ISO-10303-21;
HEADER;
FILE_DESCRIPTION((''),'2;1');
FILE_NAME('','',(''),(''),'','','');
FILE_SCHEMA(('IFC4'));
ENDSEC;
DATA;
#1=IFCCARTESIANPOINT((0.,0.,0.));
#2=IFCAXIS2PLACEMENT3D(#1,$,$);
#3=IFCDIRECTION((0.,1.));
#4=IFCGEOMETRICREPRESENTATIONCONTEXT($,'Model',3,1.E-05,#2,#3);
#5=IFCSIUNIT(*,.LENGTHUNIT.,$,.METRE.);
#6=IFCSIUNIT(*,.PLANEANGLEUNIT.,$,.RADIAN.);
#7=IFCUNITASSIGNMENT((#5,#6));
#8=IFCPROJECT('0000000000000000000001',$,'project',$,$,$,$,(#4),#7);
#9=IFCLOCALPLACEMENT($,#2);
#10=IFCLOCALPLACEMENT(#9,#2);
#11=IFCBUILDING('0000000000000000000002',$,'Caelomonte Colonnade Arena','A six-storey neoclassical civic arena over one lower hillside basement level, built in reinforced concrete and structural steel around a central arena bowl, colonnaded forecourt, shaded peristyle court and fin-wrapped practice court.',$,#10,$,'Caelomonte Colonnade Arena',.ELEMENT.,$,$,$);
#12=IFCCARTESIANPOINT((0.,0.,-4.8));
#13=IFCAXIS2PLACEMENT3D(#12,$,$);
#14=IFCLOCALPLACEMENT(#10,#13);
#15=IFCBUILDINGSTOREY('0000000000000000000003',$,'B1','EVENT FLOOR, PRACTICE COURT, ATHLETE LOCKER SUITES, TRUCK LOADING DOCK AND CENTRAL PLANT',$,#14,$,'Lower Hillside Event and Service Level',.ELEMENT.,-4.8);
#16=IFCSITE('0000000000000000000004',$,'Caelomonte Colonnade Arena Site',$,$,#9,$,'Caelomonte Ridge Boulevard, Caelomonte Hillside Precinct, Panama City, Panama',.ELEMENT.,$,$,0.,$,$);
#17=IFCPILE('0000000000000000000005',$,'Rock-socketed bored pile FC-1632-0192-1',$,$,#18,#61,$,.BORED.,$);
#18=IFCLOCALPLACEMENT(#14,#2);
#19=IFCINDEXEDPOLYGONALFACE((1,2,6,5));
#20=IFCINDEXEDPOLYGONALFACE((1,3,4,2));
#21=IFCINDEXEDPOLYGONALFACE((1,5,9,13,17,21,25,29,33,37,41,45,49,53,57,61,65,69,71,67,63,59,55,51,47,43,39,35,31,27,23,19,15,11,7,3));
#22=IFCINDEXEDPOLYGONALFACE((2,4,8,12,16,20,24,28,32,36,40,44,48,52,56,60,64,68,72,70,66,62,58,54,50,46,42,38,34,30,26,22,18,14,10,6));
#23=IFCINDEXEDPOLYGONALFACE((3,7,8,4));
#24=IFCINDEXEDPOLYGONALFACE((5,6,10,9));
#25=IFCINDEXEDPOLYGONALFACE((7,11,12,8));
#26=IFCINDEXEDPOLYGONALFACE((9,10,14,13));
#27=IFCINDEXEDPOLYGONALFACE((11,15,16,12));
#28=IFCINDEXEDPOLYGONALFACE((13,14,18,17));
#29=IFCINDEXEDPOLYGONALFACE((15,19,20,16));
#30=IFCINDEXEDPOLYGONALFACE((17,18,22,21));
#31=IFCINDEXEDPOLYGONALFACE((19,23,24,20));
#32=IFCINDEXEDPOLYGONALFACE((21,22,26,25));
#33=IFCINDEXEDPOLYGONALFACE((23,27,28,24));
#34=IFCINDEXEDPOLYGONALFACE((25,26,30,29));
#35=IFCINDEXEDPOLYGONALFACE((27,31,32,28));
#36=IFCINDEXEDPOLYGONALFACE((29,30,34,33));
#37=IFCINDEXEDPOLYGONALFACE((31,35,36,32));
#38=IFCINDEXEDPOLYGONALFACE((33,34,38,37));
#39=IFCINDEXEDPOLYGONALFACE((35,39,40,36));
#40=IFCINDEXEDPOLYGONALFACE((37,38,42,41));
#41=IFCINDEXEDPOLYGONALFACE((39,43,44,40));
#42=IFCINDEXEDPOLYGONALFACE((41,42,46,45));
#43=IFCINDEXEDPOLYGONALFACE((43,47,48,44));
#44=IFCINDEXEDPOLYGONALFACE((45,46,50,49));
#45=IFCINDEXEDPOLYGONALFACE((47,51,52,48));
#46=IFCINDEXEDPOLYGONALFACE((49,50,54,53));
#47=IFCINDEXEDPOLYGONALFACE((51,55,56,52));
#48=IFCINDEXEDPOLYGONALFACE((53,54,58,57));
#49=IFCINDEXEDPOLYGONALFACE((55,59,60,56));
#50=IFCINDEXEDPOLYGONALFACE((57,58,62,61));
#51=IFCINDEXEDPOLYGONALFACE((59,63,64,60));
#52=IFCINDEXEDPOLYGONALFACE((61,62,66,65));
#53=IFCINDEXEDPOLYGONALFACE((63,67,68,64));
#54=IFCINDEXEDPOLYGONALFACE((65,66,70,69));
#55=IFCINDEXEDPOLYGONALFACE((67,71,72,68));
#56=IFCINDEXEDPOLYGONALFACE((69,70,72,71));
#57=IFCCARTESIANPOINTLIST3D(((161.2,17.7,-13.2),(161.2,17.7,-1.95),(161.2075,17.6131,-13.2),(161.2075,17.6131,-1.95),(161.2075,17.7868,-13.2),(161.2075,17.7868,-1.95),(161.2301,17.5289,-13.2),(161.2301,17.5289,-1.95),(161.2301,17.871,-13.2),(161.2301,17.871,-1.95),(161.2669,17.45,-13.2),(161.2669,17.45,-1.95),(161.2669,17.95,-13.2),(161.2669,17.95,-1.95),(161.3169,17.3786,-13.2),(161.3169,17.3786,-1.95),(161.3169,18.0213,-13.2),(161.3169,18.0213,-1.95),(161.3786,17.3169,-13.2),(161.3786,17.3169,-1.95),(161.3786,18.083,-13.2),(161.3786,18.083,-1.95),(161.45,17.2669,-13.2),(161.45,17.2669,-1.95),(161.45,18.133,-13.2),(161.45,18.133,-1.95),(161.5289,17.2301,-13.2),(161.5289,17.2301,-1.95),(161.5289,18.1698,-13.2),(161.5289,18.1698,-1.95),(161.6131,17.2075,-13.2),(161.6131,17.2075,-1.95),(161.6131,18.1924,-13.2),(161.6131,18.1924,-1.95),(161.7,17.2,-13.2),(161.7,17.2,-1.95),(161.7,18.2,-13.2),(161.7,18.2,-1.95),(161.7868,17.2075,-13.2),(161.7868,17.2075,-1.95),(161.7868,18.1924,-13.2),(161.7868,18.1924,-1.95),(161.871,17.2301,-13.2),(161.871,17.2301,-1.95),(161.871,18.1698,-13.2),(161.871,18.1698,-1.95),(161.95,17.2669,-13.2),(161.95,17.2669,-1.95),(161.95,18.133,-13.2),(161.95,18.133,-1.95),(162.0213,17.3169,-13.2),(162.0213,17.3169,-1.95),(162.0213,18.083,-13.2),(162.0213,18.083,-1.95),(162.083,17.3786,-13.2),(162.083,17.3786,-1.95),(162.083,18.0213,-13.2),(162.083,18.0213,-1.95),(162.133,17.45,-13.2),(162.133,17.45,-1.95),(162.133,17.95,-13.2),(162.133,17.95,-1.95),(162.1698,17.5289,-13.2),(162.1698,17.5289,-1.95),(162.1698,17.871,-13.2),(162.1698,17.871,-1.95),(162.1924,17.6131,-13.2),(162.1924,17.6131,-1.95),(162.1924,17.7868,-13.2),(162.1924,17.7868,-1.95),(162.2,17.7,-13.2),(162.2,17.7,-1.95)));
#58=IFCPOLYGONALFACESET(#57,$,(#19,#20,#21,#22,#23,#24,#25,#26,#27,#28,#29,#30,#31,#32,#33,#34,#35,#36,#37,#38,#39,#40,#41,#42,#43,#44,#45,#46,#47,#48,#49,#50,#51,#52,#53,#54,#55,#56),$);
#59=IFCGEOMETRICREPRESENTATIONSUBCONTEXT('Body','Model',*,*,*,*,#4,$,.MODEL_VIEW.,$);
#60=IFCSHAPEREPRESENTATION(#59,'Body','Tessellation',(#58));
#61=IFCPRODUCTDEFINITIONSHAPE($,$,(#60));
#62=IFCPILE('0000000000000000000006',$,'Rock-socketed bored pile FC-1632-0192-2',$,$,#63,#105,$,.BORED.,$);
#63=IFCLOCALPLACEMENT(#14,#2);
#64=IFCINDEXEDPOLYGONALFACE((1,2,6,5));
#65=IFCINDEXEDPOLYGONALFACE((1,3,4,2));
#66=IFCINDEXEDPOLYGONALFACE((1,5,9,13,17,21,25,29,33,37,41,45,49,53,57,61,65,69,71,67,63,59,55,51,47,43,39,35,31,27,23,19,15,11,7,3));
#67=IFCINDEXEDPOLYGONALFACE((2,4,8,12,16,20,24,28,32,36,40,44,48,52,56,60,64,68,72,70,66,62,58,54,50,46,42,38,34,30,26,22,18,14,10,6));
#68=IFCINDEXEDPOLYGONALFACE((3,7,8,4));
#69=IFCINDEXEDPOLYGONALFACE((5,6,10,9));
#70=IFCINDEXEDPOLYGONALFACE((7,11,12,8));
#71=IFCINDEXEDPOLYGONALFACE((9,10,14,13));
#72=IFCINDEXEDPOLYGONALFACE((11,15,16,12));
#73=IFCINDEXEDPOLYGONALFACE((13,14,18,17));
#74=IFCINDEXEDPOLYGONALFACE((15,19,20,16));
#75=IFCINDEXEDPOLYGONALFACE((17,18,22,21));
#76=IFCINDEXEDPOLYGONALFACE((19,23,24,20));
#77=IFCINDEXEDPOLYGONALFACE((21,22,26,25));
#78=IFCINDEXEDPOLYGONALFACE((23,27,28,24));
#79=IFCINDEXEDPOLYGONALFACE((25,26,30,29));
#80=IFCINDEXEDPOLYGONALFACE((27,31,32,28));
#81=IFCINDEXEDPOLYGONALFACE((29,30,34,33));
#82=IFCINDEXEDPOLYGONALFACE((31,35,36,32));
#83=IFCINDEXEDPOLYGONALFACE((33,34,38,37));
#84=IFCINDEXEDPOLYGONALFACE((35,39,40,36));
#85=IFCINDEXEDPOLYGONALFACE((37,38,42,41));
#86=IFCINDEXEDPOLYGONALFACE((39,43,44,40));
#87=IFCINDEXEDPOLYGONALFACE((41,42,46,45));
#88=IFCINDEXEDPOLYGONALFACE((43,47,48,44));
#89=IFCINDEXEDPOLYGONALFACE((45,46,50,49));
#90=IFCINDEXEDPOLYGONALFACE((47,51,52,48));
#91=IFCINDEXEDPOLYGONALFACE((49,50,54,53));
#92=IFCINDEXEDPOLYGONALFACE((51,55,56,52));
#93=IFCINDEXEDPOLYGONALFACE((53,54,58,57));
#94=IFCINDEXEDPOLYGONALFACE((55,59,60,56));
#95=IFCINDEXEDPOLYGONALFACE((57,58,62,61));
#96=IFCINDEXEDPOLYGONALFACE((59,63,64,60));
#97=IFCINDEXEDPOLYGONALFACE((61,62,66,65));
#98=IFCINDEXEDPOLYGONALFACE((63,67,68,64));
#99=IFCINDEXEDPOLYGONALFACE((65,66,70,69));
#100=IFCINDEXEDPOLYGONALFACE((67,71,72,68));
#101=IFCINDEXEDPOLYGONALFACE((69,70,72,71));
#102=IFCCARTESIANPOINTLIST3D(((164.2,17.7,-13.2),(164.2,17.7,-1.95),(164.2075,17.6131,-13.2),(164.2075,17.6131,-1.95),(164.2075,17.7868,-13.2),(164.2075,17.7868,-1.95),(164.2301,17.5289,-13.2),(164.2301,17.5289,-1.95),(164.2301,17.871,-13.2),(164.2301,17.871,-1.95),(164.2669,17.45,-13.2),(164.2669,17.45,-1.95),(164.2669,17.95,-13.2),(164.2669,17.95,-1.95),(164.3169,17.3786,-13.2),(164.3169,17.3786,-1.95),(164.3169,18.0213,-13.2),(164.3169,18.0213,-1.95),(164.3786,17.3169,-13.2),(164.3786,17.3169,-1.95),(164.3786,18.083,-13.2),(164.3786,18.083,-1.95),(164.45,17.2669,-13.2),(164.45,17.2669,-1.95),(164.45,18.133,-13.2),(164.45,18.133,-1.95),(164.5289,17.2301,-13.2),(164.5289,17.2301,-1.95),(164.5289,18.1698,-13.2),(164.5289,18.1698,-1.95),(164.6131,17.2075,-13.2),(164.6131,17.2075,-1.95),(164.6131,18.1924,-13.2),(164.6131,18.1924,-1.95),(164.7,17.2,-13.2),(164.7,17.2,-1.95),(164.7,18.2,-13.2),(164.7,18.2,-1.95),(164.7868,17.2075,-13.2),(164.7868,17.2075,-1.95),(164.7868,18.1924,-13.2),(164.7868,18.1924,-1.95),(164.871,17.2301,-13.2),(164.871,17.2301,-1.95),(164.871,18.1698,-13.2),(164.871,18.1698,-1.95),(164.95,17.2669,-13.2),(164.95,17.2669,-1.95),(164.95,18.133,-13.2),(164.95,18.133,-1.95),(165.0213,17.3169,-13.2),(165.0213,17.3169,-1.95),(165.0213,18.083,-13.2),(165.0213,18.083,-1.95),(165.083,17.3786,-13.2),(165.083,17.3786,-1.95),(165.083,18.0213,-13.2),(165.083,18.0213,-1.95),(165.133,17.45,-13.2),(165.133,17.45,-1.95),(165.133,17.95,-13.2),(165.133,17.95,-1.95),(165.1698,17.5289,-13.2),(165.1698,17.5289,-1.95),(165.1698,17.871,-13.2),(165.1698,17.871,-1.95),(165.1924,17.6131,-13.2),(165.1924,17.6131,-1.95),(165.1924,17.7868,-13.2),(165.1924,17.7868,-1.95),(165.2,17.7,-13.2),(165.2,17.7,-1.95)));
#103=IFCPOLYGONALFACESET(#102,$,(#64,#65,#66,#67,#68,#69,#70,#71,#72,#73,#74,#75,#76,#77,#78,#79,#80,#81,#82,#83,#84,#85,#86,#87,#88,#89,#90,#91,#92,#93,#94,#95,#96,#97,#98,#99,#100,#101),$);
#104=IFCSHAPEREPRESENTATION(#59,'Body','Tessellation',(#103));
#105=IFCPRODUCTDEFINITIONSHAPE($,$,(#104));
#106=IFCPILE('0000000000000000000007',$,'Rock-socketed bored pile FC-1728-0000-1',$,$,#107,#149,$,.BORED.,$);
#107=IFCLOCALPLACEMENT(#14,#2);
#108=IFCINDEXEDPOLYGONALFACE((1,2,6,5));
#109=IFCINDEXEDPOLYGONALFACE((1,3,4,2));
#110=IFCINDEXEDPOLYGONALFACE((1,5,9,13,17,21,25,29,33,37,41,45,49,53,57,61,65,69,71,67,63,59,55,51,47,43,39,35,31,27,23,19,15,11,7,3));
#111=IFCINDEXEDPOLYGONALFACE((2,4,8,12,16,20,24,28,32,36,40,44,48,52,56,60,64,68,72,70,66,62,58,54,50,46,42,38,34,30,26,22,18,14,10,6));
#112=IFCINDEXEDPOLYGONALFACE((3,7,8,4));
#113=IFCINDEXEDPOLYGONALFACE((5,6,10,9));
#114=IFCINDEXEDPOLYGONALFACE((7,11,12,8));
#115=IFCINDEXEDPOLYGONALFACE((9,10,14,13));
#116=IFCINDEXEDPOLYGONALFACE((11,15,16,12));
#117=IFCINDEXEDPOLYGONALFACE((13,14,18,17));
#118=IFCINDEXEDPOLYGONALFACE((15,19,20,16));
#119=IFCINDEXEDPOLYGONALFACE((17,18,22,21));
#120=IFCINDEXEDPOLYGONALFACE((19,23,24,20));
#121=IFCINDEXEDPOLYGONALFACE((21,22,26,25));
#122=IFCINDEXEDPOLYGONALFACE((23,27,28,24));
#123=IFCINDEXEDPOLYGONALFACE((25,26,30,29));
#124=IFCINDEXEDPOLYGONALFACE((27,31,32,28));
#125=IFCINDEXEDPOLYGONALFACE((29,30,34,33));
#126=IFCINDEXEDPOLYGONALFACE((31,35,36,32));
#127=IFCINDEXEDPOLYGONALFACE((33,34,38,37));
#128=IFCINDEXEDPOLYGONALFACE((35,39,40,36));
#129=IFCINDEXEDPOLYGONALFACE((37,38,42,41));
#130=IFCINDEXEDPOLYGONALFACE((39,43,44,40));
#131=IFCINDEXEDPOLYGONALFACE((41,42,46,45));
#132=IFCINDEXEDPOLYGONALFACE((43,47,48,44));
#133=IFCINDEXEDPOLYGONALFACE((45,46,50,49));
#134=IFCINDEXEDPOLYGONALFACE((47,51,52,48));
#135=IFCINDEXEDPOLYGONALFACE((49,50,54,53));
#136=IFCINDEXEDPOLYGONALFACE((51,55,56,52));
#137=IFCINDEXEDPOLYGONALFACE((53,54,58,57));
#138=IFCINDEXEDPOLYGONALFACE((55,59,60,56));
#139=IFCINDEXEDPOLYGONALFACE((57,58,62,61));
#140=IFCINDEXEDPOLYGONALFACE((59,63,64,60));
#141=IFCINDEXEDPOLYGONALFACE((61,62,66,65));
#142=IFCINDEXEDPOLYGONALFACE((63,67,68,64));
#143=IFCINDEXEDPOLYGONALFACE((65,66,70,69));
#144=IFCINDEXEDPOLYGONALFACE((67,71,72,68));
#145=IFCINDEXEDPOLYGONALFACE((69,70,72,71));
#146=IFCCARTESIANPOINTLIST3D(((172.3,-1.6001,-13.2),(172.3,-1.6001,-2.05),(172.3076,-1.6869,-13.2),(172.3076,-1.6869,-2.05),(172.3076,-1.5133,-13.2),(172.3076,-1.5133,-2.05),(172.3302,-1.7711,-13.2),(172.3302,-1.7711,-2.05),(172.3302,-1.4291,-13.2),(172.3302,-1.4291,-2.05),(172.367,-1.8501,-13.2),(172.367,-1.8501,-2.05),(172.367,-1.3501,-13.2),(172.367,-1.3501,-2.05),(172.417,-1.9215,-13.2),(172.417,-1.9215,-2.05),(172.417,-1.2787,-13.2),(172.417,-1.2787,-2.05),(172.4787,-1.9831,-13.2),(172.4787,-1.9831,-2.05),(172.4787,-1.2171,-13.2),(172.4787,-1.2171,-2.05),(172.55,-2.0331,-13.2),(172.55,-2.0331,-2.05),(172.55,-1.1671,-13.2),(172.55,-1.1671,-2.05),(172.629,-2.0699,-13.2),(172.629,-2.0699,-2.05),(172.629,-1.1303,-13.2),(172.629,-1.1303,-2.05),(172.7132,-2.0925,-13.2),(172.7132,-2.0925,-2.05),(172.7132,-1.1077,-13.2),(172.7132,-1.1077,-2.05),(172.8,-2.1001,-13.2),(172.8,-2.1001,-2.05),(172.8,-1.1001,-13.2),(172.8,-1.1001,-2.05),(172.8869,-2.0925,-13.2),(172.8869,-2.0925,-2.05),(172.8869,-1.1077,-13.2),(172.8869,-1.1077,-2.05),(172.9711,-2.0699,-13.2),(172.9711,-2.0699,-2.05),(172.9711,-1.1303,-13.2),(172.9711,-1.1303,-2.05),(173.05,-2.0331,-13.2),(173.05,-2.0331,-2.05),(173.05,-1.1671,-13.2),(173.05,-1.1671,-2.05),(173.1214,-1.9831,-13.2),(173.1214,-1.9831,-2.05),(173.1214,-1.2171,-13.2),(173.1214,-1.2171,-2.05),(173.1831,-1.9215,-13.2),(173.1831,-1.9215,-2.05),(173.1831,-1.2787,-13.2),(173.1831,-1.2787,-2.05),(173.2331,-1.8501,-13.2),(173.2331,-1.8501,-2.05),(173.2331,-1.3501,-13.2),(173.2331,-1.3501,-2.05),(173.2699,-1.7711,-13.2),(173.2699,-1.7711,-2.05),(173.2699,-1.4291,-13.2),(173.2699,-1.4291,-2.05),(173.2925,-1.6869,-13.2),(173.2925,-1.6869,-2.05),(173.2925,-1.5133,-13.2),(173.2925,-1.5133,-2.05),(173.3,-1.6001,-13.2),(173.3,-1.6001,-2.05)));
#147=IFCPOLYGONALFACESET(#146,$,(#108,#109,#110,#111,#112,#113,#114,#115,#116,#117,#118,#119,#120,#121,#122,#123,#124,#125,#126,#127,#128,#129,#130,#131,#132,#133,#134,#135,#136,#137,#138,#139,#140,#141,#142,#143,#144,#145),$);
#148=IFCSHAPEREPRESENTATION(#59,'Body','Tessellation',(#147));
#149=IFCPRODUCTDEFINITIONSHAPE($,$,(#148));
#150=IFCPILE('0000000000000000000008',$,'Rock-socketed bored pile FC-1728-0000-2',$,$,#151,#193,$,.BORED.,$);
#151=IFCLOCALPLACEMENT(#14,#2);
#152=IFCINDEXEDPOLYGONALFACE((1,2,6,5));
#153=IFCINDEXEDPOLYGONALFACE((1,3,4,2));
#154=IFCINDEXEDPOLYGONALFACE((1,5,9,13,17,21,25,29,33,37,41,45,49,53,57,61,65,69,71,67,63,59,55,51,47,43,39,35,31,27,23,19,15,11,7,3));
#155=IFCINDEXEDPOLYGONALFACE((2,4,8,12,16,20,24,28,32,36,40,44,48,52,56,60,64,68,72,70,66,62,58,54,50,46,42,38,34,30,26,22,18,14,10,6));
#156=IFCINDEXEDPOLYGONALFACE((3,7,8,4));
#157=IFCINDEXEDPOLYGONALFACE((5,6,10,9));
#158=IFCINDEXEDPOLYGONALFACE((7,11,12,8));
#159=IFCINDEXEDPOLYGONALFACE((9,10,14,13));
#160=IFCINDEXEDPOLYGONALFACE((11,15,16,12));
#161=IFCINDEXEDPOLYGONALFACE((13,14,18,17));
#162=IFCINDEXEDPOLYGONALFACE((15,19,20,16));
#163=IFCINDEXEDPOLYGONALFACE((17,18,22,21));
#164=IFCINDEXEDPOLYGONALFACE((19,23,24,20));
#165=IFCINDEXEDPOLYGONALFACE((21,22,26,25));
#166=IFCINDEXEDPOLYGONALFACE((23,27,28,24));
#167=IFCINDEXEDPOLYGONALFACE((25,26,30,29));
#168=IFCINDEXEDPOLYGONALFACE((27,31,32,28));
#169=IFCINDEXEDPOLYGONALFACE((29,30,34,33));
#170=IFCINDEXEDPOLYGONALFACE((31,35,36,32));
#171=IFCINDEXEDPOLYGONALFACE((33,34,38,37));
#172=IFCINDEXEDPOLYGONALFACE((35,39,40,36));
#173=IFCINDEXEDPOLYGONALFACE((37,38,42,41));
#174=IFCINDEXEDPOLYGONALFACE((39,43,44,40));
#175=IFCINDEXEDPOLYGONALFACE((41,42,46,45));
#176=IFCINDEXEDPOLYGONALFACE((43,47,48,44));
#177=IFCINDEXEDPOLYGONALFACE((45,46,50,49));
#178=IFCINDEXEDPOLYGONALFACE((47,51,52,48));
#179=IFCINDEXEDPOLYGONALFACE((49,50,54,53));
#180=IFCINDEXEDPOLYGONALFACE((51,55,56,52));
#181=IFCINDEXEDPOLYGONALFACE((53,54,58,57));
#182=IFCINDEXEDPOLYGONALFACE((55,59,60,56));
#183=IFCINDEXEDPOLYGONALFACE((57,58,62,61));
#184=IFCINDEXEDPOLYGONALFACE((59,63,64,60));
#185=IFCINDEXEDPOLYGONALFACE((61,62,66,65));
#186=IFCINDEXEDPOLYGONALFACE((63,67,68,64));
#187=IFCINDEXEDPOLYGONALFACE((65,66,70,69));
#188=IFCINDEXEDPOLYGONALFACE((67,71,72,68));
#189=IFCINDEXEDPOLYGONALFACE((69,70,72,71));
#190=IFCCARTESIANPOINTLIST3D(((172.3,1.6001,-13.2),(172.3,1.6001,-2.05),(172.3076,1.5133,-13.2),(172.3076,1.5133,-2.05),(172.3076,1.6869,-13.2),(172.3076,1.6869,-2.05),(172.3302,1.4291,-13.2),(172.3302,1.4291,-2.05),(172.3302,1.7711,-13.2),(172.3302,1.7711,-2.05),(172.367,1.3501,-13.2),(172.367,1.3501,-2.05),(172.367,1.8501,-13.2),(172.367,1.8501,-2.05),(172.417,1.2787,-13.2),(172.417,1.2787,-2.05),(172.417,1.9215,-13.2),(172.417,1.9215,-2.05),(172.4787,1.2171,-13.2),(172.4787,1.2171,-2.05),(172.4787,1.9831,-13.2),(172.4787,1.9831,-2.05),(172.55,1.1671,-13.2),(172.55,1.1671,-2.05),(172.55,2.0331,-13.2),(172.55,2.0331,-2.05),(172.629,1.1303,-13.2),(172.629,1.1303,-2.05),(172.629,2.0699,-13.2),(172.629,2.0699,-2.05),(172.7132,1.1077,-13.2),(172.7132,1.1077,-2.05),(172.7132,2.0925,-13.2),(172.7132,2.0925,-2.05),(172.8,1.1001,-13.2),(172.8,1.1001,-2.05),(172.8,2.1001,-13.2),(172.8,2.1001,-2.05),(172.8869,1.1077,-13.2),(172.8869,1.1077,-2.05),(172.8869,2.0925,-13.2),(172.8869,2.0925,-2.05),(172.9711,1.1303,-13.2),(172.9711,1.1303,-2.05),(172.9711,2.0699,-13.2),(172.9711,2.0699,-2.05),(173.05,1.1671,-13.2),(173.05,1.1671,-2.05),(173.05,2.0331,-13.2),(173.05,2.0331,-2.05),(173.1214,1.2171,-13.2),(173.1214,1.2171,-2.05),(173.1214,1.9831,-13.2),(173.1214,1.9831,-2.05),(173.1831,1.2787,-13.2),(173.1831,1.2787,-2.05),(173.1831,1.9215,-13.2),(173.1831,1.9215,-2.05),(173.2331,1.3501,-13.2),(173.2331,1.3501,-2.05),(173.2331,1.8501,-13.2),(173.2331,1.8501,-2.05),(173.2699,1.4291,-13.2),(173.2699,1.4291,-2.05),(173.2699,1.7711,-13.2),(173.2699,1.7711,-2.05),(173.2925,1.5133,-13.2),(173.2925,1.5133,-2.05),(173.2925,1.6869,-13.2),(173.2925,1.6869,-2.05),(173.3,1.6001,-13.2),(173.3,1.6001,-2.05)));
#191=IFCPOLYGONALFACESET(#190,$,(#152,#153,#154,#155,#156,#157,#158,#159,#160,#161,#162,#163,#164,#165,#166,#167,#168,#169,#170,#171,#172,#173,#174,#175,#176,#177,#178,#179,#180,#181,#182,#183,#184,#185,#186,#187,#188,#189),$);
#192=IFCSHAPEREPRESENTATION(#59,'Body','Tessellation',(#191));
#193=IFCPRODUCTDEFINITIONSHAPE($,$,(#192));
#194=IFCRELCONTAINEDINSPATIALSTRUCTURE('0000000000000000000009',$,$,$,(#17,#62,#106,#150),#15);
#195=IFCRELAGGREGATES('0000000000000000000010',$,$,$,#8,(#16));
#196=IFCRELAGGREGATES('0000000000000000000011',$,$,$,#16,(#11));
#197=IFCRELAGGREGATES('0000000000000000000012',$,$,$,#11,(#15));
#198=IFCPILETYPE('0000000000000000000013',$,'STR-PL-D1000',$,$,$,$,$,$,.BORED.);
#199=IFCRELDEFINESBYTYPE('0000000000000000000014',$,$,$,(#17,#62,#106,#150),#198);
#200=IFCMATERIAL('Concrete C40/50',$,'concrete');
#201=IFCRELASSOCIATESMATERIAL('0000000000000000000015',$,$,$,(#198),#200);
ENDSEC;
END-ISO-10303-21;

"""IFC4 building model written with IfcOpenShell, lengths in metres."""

from ifc_helpers import new_model, si_unit, direction, frame, origin, origin_2d, place, context, subcontext, project, spatial, circle, extrude, material, material_profile, profile_set, type_object, element, save


model = new_model("IFC4")

# Units and contexts
model_context = context("Model", 3, precision=1e-05, world=origin(), true_north=direction((0.0, 1.0)))
body_context = subcontext(model_context, "Body", "Model", "MODEL_VIEW")
ifc_project = project(units=[si_unit("LENGTHUNIT", "METRE"), si_unit("PLANEANGLEUNIT", "RADIAN")], contexts=[model_context])

# Site, building, storey
site_placement = place(None, origin())
site = spatial("IfcSite", under=ifc_project, at=site_placement, Name="Caelomonte Colonnade Arena Site", LongName="Caelomonte Ridge Boulevard, Caelomonte Hillside Precinct, Panama City, Panama", CompositionType="ELEMENT", RefElevation=0.0)
building_placement = place(site_placement, origin())
building = spatial("IfcBuilding", under=site, at=building_placement, Name="Caelomonte Colonnade Arena", Description="A six-storey neoclassical civic arena over one lower hillside basement level, built in reinforced concrete and structural steel around a central arena bowl, colonnaded forecourt, shaded peristyle court and fin-wrapped practice court.", LongName="Caelomonte Colonnade Arena", CompositionType="ELEMENT")
storey_placement = place(building_placement, frame((0.0, 0.0, -4.8)))
storey = spatial("IfcBuildingStorey", under=building, at=storey_placement, Name="B1", Description="EVENT FLOOR, PRACTICE COURT, ATHLETE LOCKER SUITES, TRUCK LOADING DOCK AND CENTRAL PLANT", LongName="Lower Hillside Event and Service Level", CompositionType="ELEMENT", Elevation=-4.8)

# Shared definitions
ifc_material_1 = material(Name="Concrete C40/50", Category="concrete")

# Piles
ifc_material_profile_1 = material_profile(ifc_material_1, circle(Radius=0.5, at=origin_2d()), Name="PILE-D1000")
ifc_profile_set_1 = profile_set([ifc_material_profile_1], Name="Concrete C40/50")
pile_type = type_object("IfcPileType", Name="STR-PL-D1000", PredefinedType="BORED", material=ifc_profile_set_1)
for number, where, z_axis, x_axis, name in (
    (1, (161.7, 17.7, -1.95), (0.0, 0.0, -1.0), (1.0, 0.0, 0.0), "Rock-socketed bored pile FC-1632-0192-1"),
    (2, (164.7, 17.7, -1.95), (0.0, 0.0, -1.0), (1.0, 0.0, 0.0), "Rock-socketed bored pile FC-1632-0192-2"),
):
    element("IfcPile", number, at=place(storey_placement, frame(where, z_axis=z_axis, x_axis=x_axis)), inside=storey, type_object=pile_type, Name=name, PredefinedType="BORED", context=body_context, shape_type="SweptSolid", body=[
        extrude(circle(Radius=0.5, at=origin_2d()), origin(), (0.0, 0.0, 1.0), 11.25),
    ])
for number, where, z_axis, x_axis, name in (
    (3, (172.8, -1.6001, -2.05), (0.0, 0.0, -1.0), (1.0, 0.0, 0.0), "Rock-socketed bored pile FC-1728-0000-1"),
    (4, (172.8, 1.6001, -2.05), (0.0, 0.0, -1.0), (1.0, 0.0, 0.0), "Rock-socketed bored pile FC-1728-0000-2"),
):
    element("IfcPile", number, at=place(storey_placement, frame(where, z_axis=z_axis, x_axis=x_axis)), inside=storey, type_object=pile_type, Name=name, PredefinedType="BORED", context=body_context, shape_type="SweptSolid", body=[
        extrude(circle(Radius=0.5, at=origin_2d()), origin(), (0.0, 0.0, 1.0), 11.1499),
    ])

save(model, "model.ifc")
